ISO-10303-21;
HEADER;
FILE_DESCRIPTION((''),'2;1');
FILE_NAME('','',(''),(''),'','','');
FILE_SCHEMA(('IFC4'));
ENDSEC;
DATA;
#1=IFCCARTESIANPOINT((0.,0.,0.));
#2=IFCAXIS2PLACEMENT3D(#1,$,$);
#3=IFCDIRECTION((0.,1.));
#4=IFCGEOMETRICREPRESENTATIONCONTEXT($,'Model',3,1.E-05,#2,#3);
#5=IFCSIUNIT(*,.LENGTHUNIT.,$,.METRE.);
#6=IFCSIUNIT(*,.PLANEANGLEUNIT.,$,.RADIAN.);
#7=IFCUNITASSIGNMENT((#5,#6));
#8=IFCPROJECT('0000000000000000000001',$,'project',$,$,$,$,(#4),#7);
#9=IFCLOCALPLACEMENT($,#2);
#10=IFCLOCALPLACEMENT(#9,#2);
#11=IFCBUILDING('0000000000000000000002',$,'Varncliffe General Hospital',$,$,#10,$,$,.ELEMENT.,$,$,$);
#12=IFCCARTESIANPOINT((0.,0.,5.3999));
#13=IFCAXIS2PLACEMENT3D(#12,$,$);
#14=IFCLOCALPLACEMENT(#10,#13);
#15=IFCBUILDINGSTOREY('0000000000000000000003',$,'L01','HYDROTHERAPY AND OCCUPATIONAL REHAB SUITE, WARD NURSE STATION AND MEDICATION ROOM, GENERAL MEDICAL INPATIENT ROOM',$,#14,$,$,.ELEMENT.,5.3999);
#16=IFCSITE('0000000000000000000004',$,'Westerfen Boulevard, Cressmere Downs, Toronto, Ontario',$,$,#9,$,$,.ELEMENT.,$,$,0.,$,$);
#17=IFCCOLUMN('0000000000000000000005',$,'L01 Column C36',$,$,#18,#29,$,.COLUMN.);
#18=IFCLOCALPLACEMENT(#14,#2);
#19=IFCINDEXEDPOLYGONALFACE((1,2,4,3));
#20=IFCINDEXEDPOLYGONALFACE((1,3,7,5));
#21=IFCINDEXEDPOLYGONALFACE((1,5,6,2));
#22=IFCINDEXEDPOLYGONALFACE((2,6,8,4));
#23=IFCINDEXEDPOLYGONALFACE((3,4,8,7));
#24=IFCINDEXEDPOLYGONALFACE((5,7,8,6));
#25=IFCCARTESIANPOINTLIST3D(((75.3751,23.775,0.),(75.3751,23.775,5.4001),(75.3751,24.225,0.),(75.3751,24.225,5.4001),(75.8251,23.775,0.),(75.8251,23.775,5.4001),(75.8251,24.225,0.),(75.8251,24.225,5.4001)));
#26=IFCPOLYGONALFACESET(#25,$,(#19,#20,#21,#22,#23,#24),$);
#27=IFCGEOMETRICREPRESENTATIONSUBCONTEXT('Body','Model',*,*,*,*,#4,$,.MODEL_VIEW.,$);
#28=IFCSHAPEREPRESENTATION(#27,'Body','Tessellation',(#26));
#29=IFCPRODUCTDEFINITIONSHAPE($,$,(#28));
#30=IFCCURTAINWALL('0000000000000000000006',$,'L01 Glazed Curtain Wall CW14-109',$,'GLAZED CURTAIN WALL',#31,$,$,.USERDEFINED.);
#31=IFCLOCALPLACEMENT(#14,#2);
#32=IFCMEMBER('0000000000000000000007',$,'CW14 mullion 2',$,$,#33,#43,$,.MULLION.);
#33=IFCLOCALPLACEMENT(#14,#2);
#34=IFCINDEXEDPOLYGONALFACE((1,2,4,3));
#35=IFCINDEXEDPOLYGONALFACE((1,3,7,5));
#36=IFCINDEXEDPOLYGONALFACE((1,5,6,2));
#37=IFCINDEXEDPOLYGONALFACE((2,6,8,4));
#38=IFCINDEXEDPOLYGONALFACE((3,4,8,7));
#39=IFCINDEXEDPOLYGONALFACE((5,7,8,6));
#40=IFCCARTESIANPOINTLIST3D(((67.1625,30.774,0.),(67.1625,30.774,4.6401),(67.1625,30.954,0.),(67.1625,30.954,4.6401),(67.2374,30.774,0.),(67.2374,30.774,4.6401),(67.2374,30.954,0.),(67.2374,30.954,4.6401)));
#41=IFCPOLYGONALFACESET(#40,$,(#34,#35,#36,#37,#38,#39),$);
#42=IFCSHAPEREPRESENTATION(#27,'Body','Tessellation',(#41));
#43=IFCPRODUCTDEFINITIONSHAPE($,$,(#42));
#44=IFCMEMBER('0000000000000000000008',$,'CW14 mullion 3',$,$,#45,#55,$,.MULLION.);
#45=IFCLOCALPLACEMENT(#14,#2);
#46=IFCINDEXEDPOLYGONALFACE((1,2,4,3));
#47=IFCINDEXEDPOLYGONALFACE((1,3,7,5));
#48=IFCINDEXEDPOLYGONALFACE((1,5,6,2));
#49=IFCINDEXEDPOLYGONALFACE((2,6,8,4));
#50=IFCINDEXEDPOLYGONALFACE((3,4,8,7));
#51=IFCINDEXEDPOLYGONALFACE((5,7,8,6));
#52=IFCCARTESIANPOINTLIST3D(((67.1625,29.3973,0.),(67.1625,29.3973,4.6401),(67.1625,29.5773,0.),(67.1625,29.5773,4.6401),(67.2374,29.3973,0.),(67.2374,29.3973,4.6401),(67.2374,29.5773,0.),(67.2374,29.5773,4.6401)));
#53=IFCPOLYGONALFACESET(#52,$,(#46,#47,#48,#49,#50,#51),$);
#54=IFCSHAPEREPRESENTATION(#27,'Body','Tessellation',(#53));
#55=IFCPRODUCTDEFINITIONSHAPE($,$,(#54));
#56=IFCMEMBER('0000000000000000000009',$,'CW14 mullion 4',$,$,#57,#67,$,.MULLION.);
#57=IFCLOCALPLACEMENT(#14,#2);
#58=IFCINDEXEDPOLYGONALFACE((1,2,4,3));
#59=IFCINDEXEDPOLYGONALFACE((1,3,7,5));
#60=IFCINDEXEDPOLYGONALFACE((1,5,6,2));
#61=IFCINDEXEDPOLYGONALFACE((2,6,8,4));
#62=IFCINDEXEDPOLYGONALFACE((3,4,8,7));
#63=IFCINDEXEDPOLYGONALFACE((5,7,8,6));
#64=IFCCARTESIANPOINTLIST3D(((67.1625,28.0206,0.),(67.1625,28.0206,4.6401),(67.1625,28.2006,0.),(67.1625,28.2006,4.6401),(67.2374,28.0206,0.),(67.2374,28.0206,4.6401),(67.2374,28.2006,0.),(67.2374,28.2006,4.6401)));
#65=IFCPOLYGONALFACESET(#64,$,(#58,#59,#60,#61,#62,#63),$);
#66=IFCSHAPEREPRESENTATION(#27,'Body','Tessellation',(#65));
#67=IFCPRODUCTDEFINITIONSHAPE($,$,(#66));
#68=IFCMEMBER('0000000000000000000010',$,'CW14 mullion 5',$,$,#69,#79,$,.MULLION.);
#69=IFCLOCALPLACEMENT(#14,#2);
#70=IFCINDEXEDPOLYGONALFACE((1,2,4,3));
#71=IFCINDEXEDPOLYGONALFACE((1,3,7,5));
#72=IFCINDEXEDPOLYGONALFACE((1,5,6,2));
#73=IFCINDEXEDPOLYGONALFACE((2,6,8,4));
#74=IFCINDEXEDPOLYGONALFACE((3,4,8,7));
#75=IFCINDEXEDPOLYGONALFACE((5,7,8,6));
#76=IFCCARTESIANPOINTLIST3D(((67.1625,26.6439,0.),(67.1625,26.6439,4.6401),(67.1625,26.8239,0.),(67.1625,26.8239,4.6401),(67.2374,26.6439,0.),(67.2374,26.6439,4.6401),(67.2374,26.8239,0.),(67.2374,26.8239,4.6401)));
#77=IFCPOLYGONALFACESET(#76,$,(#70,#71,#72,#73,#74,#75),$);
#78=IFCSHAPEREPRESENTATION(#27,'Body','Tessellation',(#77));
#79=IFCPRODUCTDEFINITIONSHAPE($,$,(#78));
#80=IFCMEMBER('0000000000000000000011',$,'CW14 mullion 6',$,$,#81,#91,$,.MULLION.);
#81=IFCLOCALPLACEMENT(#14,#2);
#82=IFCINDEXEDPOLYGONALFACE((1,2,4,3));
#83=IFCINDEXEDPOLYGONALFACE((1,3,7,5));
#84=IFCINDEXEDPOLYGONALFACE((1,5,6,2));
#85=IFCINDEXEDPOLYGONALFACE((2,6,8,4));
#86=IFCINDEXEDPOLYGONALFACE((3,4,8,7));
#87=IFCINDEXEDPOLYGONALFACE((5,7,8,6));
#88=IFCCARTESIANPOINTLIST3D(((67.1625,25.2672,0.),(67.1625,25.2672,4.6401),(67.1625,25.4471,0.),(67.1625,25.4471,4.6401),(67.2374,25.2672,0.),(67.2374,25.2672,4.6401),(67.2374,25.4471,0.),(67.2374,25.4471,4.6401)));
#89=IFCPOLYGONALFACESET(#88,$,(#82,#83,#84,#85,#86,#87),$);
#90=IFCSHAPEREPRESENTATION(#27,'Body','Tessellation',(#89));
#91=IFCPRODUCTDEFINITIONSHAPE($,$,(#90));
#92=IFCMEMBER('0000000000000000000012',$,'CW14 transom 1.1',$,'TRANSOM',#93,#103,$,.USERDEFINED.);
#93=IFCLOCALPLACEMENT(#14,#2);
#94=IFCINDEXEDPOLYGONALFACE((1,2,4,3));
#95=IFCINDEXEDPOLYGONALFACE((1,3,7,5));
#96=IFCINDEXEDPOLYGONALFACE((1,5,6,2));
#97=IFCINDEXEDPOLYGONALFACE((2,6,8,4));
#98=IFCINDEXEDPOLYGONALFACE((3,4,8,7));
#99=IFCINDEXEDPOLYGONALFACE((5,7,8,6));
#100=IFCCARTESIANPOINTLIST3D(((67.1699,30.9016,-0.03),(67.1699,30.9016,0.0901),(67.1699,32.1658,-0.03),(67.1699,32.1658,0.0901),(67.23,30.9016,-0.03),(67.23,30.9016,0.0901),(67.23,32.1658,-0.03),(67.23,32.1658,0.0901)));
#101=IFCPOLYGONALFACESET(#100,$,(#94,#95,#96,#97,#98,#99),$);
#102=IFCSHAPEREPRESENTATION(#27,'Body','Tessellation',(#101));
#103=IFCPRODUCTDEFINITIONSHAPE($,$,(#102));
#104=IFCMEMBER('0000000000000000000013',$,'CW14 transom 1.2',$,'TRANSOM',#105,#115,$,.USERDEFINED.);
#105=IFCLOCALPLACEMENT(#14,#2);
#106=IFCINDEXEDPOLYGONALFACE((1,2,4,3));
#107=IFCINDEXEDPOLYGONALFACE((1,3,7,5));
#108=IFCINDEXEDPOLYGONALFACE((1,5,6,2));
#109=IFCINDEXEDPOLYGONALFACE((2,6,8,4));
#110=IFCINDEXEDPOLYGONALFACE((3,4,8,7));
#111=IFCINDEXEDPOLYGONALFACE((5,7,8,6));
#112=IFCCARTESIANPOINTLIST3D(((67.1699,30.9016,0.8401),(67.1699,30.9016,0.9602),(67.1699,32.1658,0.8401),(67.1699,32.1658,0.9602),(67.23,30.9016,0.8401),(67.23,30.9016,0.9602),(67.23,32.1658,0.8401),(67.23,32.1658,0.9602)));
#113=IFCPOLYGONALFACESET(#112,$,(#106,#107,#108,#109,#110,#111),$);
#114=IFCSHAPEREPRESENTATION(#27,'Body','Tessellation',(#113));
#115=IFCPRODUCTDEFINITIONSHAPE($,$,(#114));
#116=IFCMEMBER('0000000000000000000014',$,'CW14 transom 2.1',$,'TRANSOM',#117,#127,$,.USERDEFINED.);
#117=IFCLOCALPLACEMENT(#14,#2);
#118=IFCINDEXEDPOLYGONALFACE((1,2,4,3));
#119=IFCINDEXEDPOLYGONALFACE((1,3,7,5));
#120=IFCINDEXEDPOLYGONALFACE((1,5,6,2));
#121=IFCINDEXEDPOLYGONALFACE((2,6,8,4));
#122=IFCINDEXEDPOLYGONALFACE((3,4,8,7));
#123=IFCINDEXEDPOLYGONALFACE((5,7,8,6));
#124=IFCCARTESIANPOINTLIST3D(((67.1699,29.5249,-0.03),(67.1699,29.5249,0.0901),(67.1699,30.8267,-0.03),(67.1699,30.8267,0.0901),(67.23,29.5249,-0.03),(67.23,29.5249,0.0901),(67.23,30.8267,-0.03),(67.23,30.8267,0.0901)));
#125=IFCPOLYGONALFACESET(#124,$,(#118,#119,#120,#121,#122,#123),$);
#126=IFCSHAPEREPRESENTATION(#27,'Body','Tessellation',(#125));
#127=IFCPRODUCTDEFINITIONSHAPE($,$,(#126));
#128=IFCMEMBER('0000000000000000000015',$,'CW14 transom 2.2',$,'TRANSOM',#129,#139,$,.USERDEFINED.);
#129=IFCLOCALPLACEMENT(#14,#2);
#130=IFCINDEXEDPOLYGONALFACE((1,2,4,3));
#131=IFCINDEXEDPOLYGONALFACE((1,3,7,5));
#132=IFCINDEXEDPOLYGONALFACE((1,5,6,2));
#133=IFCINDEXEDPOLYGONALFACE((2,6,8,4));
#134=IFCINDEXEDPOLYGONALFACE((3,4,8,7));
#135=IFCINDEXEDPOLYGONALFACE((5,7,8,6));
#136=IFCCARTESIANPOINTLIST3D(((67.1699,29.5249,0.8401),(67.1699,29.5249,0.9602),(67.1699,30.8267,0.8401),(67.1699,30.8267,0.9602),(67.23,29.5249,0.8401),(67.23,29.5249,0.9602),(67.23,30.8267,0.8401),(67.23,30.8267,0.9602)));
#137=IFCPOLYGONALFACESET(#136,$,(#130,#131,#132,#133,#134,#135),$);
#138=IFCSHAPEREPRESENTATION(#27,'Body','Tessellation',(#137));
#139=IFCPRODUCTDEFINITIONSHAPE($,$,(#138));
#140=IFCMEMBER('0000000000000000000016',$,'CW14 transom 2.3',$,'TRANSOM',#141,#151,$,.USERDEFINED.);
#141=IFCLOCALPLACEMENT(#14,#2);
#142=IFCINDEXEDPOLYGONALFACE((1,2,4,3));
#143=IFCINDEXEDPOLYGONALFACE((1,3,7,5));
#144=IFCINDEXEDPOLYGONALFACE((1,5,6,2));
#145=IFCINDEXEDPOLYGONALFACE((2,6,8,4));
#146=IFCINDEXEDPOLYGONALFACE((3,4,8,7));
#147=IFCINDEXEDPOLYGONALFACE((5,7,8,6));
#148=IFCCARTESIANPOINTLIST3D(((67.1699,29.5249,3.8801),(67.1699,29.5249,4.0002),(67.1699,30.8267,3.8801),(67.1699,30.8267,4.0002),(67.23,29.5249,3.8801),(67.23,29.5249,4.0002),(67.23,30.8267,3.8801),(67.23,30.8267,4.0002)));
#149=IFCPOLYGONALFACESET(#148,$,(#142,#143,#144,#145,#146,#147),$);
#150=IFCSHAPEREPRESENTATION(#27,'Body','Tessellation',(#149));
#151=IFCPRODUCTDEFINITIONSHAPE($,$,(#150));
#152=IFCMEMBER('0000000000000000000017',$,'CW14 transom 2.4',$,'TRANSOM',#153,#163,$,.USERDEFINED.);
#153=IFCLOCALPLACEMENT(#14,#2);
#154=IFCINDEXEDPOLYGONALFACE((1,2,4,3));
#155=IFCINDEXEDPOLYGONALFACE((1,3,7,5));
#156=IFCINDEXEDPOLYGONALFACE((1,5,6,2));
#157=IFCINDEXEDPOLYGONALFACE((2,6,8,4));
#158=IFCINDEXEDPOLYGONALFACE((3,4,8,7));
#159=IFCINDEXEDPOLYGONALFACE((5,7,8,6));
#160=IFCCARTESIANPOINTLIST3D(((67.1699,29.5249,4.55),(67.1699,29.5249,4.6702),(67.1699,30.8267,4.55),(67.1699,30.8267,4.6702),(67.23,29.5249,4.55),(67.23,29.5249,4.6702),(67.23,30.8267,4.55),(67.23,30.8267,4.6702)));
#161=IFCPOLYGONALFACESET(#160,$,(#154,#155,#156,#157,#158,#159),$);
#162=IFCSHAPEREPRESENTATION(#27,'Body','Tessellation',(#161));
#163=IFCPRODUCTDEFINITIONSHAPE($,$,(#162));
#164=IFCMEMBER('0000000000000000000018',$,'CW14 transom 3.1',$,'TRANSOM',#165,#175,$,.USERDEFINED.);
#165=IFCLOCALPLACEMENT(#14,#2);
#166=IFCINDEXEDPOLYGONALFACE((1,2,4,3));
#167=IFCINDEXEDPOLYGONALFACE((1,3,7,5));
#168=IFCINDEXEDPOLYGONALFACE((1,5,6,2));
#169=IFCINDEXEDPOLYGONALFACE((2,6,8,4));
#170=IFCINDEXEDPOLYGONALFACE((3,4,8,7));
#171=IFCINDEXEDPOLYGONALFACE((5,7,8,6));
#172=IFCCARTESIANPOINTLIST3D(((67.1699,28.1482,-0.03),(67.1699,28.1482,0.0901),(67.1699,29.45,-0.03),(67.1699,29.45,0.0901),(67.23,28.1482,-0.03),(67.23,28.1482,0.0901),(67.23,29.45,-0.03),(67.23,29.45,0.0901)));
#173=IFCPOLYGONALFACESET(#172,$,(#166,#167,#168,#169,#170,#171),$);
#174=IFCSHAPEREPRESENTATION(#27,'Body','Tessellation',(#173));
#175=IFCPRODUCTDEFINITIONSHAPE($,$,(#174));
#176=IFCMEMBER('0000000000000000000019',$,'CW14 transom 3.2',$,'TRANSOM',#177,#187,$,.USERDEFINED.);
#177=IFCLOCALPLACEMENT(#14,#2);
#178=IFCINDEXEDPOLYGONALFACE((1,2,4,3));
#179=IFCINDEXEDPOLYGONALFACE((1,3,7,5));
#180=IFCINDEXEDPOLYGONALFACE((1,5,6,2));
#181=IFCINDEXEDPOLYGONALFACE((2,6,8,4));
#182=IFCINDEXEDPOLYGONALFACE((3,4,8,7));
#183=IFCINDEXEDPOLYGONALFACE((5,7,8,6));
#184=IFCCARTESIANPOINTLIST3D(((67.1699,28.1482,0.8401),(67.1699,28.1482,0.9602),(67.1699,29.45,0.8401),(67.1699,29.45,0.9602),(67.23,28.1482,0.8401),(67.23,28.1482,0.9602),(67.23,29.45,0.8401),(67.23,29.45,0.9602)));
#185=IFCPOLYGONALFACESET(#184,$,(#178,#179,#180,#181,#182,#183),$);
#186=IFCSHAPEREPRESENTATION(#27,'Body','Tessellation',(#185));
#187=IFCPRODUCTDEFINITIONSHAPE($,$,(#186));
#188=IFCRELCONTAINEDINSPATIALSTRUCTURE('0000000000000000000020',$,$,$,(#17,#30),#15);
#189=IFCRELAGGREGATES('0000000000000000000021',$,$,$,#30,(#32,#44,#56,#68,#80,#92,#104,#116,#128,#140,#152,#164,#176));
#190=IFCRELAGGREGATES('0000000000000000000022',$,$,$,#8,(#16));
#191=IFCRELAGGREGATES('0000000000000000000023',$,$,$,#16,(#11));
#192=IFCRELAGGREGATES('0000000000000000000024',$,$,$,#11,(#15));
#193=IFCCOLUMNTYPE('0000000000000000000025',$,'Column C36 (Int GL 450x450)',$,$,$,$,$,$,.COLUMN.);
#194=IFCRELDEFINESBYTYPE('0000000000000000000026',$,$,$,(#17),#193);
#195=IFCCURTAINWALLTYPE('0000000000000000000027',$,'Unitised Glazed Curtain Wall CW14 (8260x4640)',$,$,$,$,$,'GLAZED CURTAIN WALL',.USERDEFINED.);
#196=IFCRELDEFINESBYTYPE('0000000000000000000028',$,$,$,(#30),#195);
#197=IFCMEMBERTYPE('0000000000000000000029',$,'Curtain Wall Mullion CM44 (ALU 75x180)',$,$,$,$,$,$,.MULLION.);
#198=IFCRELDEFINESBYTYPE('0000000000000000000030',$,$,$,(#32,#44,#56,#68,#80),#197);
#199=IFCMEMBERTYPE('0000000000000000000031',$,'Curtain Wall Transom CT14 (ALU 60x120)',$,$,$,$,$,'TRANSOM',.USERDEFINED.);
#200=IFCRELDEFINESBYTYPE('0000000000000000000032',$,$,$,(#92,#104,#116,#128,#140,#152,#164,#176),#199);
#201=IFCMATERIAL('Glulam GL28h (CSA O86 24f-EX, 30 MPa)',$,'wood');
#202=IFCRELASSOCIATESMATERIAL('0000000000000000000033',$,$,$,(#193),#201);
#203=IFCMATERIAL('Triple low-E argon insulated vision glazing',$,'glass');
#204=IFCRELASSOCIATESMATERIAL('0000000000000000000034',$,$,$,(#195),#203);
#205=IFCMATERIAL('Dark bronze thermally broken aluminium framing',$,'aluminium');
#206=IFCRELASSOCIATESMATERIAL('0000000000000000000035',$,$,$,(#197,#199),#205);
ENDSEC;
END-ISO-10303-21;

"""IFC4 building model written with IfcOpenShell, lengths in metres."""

from ifc_helpers import new_model, si_unit, direction, frame, origin, origin_2d, place, context, subcontext, project, spatial, rectangle, extrude, material, material_profile, profile_set, type_object, element, aggregate, save


model = new_model("IFC4")

# Units and contexts
model_context = context("Model", 3, precision=1e-05, world=origin(), true_north=direction((0.0, 1.0)))
body_context = subcontext(model_context, "Body", "Model", "MODEL_VIEW")
ifc_project = project(units=[si_unit("LENGTHUNIT", "METRE"), si_unit("PLANEANGLEUNIT", "RADIAN")], contexts=[model_context])

# Site, building, storey
site_placement = place(None, origin())
site = spatial("IfcSite", under=ifc_project, at=site_placement, Name="Westerfen Boulevard, Cressmere Downs, Toronto, Ontario", CompositionType="ELEMENT", RefElevation=0.0)
building_placement = place(site_placement, origin())
building = spatial("IfcBuilding", under=site, at=building_placement, Name="Varncliffe General Hospital", CompositionType="ELEMENT")
storey_placement = place(building_placement, frame((0.0, 0.0, 5.3999)))
storey = spatial("IfcBuildingStorey", under=building, at=storey_placement, Name="L01", Description="HYDROTHERAPY AND OCCUPATIONAL REHAB SUITE, WARD NURSE STATION AND MEDICATION ROOM, GENERAL MEDICAL INPATIENT ROOM", CompositionType="ELEMENT", Elevation=5.3999)

# Column
ifc_material_1 = material(Name="Glulam GL28h (CSA O86 24f-EX, 30 MPa)", Category="wood")
ifc_material_profile_1 = material_profile(ifc_material_1, rectangle(XDim=0.45, YDim=0.45, at=origin_2d()), Name="GL 450x450")
ifc_profile_set_1 = profile_set([ifc_material_profile_1], Name="Glulam GL28h (CSA O86 24f-EX, 30 MPa)")
column_type = type_object("IfcColumnType", Name="Column C36 (Int GL 450x450)", PredefinedType="COLUMN", material=ifc_profile_set_1)
column_placement = place(storey_placement, frame((75.6001, 24.0, 0.0), z_axis=(0.0, 0.0, 1.0), x_axis=(1.0, 0.0, 0.0)))
element("IfcColumn", 1, at=column_placement, inside=storey, type_object=column_type, Name="L01 Column C36", PredefinedType="COLUMN", context=body_context, shape_type="SweptSolid", body=[
    extrude(rectangle(XDim=0.45, YDim=0.45, at=origin_2d()), origin(), (0.0, 0.0, 1.0), 5.4001),
])

# Curtain wall, members
ifc_material_2 = material(Name="Triple low-E argon insulated vision glazing", Category="glass")
curtain_wall_type = type_object("IfcCurtainWallType", Name="Unitised Glazed Curtain Wall CW14 (8260x4640)", ElementType="GLAZED CURTAIN WALL", PredefinedType="USERDEFINED", material=ifc_material_2)
curtain_wall_placement = place(storey_placement, origin())
curtain_wall = element("IfcCurtainWall", 2, at=curtain_wall_placement, inside=storey, type_object=curtain_wall_type, Name="L01 Glazed Curtain Wall CW14-109", ObjectType="GLAZED CURTAIN WALL", PredefinedType="USERDEFINED")
ifc_material_3 = material(Name="Dark bronze thermally broken aluminium framing", Category="aluminium")
ifc_material_profile_2 = material_profile(ifc_material_3, rectangle(XDim=0.075, YDim=0.1799, at=origin_2d()), Name="ALU 75x180")
ifc_profile_set_2 = profile_set([ifc_material_profile_2], Name="Dark bronze thermally broken aluminium framing")
member_type_1 = type_object("IfcMemberType", Name="Curtain Wall Mullion CM44 (ALU 75x180)", PredefinedType="MULLION", material=ifc_profile_set_2)
member_1_placement = place(storey_placement, frame((67.2, 30.864, 0.0), z_axis=(0.0, 0.0, 1.0), x_axis=(1.0, 0.0, 0.0)))
member_1 = element("IfcMember", 3, at=member_1_placement, type_object=member_type_1, Name="CW14 mullion 2", PredefinedType="MULLION", context=body_context, shape_type="SweptSolid", body=[
    extrude(rectangle(XDim=0.075, YDim=0.1799, at=origin_2d()), origin(), (0.0, 0.0, 1.0), 4.6401),
])
member_2_placement = place(storey_placement, frame((67.2, 29.4873, 0.0), z_axis=(0.0, 0.0, 1.0), x_axis=(1.0, 0.0, 0.0)))
member_2 = element("IfcMember", 4, at=member_2_placement, type_object=member_type_1, Name="CW14 mullion 3", PredefinedType="MULLION", context=body_context, shape_type="SweptSolid", body=[
    extrude(rectangle(XDim=0.075, YDim=0.1799, at=origin_2d()), origin(), (0.0, 0.0, 1.0), 4.6401),
])
member_3_placement = place(storey_placement, frame((67.2, 28.1106, 0.0), z_axis=(0.0, 0.0, 1.0), x_axis=(1.0, 0.0, 0.0)))
member_3 = element("IfcMember", 5, at=member_3_placement, type_object=member_type_1, Name="CW14 mullion 4", PredefinedType="MULLION", context=body_context, shape_type="SweptSolid", body=[
    extrude(rectangle(XDim=0.075, YDim=0.1799, at=origin_2d()), origin(), (0.0, 0.0, 1.0), 4.6401),
])
member_4_placement = place(storey_placement, frame((67.2, 26.7339, 0.0), z_axis=(0.0, 0.0, 1.0), x_axis=(1.0, 0.0, 0.0)))
member_4 = element("IfcMember", 6, at=member_4_placement, type_object=member_type_1, Name="CW14 mullion 5", PredefinedType="MULLION", context=body_context, shape_type="SweptSolid", body=[
    extrude(rectangle(XDim=0.075, YDim=0.1799, at=origin_2d()), origin(), (0.0, 0.0, 1.0), 4.6401),
])
member_5_placement = place(storey_placement, frame((67.2, 25.3572, 0.0), z_axis=(0.0, 0.0, 1.0), x_axis=(1.0, 0.0, 0.0)))
member_5 = element("IfcMember", 7, at=member_5_placement, type_object=member_type_1, Name="CW14 mullion 6", PredefinedType="MULLION", context=body_context, shape_type="SweptSolid", body=[
    extrude(rectangle(XDim=0.075, YDim=0.1799, at=origin_2d()), origin(), (0.0, 0.0, 1.0), 4.6401),
])
ifc_material_profile_3 = material_profile(ifc_material_3, rectangle(XDim=0.0601, YDim=0.1201, at=origin_2d()), Name="ALU 60x120")
ifc_profile_set_3 = profile_set([ifc_material_profile_3], Name="Dark bronze thermally broken aluminium framing")
member_type_2 = type_object("IfcMemberType", Name="Curtain Wall Transom CT14 (ALU 60x120)", ElementType="TRANSOM", PredefinedType="USERDEFINED", material=ifc_profile_set_3)
member_6_placement = place(storey_placement, frame((67.2, 32.1658, 0.03), z_axis=(0.0, -1.0, 0.0), x_axis=(1.0, 0.0, 0.0)))
member_6 = element("IfcMember", 8, at=member_6_placement, type_object=member_type_2, Name="CW14 transom 1.1", ObjectType="TRANSOM", PredefinedType="USERDEFINED", context=body_context, shape_type="SweptSolid", body=[
    extrude(rectangle(XDim=0.0601, YDim=0.1201, at=origin_2d()), origin(), (0.0, 0.0, 1.0), 1.2642),
])
member_7_placement = place(storey_placement, frame((67.2, 32.1658, 0.9001), z_axis=(0.0, -1.0, 0.0), x_axis=(1.0, 0.0, 0.0)))
member_7 = element("IfcMember", 9, at=member_7_placement, type_object=member_type_2, Name="CW14 transom 1.2", ObjectType="TRANSOM", PredefinedType="USERDEFINED", context=body_context, shape_type="SweptSolid", body=[
    extrude(rectangle(XDim=0.0601, YDim=0.1201, at=origin_2d()), origin(), (0.0, 0.0, 1.0), 1.2642),
])
member_8_placement = place(storey_placement, frame((67.2, 30.8267, 0.03), z_axis=(0.0, -1.0, 0.0), x_axis=(1.0, 0.0, 0.0)))
member_8 = element("IfcMember", 10, at=member_8_placement, type_object=member_type_2, Name="CW14 transom 2.1", ObjectType="TRANSOM", PredefinedType="USERDEFINED", context=body_context, shape_type="SweptSolid", body=[
    extrude(rectangle(XDim=0.0601, YDim=0.1201, at=origin_2d()), origin(), (0.0, 0.0, 1.0), 1.3018),
])
member_9_placement = place(storey_placement, frame((67.2, 30.8267, 0.9001), z_axis=(0.0, -1.0, 0.0), x_axis=(1.0, 0.0, 0.0)))
member_9 = element("IfcMember", 11, at=member_9_placement, type_object=member_type_2, Name="CW14 transom 2.2", ObjectType="TRANSOM", PredefinedType="USERDEFINED", context=body_context, shape_type="SweptSolid", body=[
    extrude(rectangle(XDim=0.0601, YDim=0.1201, at=origin_2d()), origin(), (0.0, 0.0, 1.0), 1.3018),
])
member_10_placement = place(storey_placement, frame((67.2, 30.8267, 3.9402), z_axis=(0.0, -1.0, 0.0), x_axis=(1.0, 0.0, 0.0)))
member_10 = element("IfcMember", 12, at=member_10_placement, type_object=member_type_2, Name="CW14 transom 2.3", ObjectType="TRANSOM", PredefinedType="USERDEFINED", context=body_context, shape_type="SweptSolid", body=[
    extrude(rectangle(XDim=0.0601, YDim=0.1201, at=origin_2d()), origin(), (0.0, 0.0, 1.0), 1.3018),
])
member_11_placement = place(storey_placement, frame((67.2, 30.8267, 4.6101), z_axis=(0.0, -1.0, 0.0), x_axis=(1.0, 0.0, 0.0)))
member_11 = element("IfcMember", 13, at=member_11_placement, type_object=member_type_2, Name="CW14 transom 2.4", ObjectType="TRANSOM", PredefinedType="USERDEFINED", context=body_context, shape_type="SweptSolid", body=[
    extrude(rectangle(XDim=0.0601, YDim=0.1201, at=origin_2d()), origin(), (0.0, 0.0, 1.0), 1.3018),
])
member_12_placement = place(storey_placement, frame((67.2, 29.45, 0.03), z_axis=(0.0, -1.0, 0.0), x_axis=(1.0, 0.0, 0.0)))
member_12 = element("IfcMember", 14, at=member_12_placement, type_object=member_type_2, Name="CW14 transom 3.1", ObjectType="TRANSOM", PredefinedType="USERDEFINED", context=body_context, shape_type="SweptSolid", body=[
    extrude(rectangle(XDim=0.0601, YDim=0.1201, at=origin_2d()), origin(), (0.0, 0.0, 1.0), 1.3018),
])
member_13_placement = place(storey_placement, frame((67.2, 29.45, 0.9001), z_axis=(0.0, -1.0, 0.0), x_axis=(1.0, 0.0, 0.0)))
member_13 = element("IfcMember", 15, at=member_13_placement, type_object=member_type_2, Name="CW14 transom 3.2", ObjectType="TRANSOM", PredefinedType="USERDEFINED", context=body_context, shape_type="SweptSolid", body=[
    extrude(rectangle(XDim=0.0601, YDim=0.1201, at=origin_2d()), origin(), (0.0, 0.0, 1.0), 1.3018),
])
aggregate(curtain_wall, [member_1, member_2, member_3, member_4, member_5, member_6, member_7, member_8, member_9, member_10, member_11, member_12, member_13])

save(model, "model.ifc")
